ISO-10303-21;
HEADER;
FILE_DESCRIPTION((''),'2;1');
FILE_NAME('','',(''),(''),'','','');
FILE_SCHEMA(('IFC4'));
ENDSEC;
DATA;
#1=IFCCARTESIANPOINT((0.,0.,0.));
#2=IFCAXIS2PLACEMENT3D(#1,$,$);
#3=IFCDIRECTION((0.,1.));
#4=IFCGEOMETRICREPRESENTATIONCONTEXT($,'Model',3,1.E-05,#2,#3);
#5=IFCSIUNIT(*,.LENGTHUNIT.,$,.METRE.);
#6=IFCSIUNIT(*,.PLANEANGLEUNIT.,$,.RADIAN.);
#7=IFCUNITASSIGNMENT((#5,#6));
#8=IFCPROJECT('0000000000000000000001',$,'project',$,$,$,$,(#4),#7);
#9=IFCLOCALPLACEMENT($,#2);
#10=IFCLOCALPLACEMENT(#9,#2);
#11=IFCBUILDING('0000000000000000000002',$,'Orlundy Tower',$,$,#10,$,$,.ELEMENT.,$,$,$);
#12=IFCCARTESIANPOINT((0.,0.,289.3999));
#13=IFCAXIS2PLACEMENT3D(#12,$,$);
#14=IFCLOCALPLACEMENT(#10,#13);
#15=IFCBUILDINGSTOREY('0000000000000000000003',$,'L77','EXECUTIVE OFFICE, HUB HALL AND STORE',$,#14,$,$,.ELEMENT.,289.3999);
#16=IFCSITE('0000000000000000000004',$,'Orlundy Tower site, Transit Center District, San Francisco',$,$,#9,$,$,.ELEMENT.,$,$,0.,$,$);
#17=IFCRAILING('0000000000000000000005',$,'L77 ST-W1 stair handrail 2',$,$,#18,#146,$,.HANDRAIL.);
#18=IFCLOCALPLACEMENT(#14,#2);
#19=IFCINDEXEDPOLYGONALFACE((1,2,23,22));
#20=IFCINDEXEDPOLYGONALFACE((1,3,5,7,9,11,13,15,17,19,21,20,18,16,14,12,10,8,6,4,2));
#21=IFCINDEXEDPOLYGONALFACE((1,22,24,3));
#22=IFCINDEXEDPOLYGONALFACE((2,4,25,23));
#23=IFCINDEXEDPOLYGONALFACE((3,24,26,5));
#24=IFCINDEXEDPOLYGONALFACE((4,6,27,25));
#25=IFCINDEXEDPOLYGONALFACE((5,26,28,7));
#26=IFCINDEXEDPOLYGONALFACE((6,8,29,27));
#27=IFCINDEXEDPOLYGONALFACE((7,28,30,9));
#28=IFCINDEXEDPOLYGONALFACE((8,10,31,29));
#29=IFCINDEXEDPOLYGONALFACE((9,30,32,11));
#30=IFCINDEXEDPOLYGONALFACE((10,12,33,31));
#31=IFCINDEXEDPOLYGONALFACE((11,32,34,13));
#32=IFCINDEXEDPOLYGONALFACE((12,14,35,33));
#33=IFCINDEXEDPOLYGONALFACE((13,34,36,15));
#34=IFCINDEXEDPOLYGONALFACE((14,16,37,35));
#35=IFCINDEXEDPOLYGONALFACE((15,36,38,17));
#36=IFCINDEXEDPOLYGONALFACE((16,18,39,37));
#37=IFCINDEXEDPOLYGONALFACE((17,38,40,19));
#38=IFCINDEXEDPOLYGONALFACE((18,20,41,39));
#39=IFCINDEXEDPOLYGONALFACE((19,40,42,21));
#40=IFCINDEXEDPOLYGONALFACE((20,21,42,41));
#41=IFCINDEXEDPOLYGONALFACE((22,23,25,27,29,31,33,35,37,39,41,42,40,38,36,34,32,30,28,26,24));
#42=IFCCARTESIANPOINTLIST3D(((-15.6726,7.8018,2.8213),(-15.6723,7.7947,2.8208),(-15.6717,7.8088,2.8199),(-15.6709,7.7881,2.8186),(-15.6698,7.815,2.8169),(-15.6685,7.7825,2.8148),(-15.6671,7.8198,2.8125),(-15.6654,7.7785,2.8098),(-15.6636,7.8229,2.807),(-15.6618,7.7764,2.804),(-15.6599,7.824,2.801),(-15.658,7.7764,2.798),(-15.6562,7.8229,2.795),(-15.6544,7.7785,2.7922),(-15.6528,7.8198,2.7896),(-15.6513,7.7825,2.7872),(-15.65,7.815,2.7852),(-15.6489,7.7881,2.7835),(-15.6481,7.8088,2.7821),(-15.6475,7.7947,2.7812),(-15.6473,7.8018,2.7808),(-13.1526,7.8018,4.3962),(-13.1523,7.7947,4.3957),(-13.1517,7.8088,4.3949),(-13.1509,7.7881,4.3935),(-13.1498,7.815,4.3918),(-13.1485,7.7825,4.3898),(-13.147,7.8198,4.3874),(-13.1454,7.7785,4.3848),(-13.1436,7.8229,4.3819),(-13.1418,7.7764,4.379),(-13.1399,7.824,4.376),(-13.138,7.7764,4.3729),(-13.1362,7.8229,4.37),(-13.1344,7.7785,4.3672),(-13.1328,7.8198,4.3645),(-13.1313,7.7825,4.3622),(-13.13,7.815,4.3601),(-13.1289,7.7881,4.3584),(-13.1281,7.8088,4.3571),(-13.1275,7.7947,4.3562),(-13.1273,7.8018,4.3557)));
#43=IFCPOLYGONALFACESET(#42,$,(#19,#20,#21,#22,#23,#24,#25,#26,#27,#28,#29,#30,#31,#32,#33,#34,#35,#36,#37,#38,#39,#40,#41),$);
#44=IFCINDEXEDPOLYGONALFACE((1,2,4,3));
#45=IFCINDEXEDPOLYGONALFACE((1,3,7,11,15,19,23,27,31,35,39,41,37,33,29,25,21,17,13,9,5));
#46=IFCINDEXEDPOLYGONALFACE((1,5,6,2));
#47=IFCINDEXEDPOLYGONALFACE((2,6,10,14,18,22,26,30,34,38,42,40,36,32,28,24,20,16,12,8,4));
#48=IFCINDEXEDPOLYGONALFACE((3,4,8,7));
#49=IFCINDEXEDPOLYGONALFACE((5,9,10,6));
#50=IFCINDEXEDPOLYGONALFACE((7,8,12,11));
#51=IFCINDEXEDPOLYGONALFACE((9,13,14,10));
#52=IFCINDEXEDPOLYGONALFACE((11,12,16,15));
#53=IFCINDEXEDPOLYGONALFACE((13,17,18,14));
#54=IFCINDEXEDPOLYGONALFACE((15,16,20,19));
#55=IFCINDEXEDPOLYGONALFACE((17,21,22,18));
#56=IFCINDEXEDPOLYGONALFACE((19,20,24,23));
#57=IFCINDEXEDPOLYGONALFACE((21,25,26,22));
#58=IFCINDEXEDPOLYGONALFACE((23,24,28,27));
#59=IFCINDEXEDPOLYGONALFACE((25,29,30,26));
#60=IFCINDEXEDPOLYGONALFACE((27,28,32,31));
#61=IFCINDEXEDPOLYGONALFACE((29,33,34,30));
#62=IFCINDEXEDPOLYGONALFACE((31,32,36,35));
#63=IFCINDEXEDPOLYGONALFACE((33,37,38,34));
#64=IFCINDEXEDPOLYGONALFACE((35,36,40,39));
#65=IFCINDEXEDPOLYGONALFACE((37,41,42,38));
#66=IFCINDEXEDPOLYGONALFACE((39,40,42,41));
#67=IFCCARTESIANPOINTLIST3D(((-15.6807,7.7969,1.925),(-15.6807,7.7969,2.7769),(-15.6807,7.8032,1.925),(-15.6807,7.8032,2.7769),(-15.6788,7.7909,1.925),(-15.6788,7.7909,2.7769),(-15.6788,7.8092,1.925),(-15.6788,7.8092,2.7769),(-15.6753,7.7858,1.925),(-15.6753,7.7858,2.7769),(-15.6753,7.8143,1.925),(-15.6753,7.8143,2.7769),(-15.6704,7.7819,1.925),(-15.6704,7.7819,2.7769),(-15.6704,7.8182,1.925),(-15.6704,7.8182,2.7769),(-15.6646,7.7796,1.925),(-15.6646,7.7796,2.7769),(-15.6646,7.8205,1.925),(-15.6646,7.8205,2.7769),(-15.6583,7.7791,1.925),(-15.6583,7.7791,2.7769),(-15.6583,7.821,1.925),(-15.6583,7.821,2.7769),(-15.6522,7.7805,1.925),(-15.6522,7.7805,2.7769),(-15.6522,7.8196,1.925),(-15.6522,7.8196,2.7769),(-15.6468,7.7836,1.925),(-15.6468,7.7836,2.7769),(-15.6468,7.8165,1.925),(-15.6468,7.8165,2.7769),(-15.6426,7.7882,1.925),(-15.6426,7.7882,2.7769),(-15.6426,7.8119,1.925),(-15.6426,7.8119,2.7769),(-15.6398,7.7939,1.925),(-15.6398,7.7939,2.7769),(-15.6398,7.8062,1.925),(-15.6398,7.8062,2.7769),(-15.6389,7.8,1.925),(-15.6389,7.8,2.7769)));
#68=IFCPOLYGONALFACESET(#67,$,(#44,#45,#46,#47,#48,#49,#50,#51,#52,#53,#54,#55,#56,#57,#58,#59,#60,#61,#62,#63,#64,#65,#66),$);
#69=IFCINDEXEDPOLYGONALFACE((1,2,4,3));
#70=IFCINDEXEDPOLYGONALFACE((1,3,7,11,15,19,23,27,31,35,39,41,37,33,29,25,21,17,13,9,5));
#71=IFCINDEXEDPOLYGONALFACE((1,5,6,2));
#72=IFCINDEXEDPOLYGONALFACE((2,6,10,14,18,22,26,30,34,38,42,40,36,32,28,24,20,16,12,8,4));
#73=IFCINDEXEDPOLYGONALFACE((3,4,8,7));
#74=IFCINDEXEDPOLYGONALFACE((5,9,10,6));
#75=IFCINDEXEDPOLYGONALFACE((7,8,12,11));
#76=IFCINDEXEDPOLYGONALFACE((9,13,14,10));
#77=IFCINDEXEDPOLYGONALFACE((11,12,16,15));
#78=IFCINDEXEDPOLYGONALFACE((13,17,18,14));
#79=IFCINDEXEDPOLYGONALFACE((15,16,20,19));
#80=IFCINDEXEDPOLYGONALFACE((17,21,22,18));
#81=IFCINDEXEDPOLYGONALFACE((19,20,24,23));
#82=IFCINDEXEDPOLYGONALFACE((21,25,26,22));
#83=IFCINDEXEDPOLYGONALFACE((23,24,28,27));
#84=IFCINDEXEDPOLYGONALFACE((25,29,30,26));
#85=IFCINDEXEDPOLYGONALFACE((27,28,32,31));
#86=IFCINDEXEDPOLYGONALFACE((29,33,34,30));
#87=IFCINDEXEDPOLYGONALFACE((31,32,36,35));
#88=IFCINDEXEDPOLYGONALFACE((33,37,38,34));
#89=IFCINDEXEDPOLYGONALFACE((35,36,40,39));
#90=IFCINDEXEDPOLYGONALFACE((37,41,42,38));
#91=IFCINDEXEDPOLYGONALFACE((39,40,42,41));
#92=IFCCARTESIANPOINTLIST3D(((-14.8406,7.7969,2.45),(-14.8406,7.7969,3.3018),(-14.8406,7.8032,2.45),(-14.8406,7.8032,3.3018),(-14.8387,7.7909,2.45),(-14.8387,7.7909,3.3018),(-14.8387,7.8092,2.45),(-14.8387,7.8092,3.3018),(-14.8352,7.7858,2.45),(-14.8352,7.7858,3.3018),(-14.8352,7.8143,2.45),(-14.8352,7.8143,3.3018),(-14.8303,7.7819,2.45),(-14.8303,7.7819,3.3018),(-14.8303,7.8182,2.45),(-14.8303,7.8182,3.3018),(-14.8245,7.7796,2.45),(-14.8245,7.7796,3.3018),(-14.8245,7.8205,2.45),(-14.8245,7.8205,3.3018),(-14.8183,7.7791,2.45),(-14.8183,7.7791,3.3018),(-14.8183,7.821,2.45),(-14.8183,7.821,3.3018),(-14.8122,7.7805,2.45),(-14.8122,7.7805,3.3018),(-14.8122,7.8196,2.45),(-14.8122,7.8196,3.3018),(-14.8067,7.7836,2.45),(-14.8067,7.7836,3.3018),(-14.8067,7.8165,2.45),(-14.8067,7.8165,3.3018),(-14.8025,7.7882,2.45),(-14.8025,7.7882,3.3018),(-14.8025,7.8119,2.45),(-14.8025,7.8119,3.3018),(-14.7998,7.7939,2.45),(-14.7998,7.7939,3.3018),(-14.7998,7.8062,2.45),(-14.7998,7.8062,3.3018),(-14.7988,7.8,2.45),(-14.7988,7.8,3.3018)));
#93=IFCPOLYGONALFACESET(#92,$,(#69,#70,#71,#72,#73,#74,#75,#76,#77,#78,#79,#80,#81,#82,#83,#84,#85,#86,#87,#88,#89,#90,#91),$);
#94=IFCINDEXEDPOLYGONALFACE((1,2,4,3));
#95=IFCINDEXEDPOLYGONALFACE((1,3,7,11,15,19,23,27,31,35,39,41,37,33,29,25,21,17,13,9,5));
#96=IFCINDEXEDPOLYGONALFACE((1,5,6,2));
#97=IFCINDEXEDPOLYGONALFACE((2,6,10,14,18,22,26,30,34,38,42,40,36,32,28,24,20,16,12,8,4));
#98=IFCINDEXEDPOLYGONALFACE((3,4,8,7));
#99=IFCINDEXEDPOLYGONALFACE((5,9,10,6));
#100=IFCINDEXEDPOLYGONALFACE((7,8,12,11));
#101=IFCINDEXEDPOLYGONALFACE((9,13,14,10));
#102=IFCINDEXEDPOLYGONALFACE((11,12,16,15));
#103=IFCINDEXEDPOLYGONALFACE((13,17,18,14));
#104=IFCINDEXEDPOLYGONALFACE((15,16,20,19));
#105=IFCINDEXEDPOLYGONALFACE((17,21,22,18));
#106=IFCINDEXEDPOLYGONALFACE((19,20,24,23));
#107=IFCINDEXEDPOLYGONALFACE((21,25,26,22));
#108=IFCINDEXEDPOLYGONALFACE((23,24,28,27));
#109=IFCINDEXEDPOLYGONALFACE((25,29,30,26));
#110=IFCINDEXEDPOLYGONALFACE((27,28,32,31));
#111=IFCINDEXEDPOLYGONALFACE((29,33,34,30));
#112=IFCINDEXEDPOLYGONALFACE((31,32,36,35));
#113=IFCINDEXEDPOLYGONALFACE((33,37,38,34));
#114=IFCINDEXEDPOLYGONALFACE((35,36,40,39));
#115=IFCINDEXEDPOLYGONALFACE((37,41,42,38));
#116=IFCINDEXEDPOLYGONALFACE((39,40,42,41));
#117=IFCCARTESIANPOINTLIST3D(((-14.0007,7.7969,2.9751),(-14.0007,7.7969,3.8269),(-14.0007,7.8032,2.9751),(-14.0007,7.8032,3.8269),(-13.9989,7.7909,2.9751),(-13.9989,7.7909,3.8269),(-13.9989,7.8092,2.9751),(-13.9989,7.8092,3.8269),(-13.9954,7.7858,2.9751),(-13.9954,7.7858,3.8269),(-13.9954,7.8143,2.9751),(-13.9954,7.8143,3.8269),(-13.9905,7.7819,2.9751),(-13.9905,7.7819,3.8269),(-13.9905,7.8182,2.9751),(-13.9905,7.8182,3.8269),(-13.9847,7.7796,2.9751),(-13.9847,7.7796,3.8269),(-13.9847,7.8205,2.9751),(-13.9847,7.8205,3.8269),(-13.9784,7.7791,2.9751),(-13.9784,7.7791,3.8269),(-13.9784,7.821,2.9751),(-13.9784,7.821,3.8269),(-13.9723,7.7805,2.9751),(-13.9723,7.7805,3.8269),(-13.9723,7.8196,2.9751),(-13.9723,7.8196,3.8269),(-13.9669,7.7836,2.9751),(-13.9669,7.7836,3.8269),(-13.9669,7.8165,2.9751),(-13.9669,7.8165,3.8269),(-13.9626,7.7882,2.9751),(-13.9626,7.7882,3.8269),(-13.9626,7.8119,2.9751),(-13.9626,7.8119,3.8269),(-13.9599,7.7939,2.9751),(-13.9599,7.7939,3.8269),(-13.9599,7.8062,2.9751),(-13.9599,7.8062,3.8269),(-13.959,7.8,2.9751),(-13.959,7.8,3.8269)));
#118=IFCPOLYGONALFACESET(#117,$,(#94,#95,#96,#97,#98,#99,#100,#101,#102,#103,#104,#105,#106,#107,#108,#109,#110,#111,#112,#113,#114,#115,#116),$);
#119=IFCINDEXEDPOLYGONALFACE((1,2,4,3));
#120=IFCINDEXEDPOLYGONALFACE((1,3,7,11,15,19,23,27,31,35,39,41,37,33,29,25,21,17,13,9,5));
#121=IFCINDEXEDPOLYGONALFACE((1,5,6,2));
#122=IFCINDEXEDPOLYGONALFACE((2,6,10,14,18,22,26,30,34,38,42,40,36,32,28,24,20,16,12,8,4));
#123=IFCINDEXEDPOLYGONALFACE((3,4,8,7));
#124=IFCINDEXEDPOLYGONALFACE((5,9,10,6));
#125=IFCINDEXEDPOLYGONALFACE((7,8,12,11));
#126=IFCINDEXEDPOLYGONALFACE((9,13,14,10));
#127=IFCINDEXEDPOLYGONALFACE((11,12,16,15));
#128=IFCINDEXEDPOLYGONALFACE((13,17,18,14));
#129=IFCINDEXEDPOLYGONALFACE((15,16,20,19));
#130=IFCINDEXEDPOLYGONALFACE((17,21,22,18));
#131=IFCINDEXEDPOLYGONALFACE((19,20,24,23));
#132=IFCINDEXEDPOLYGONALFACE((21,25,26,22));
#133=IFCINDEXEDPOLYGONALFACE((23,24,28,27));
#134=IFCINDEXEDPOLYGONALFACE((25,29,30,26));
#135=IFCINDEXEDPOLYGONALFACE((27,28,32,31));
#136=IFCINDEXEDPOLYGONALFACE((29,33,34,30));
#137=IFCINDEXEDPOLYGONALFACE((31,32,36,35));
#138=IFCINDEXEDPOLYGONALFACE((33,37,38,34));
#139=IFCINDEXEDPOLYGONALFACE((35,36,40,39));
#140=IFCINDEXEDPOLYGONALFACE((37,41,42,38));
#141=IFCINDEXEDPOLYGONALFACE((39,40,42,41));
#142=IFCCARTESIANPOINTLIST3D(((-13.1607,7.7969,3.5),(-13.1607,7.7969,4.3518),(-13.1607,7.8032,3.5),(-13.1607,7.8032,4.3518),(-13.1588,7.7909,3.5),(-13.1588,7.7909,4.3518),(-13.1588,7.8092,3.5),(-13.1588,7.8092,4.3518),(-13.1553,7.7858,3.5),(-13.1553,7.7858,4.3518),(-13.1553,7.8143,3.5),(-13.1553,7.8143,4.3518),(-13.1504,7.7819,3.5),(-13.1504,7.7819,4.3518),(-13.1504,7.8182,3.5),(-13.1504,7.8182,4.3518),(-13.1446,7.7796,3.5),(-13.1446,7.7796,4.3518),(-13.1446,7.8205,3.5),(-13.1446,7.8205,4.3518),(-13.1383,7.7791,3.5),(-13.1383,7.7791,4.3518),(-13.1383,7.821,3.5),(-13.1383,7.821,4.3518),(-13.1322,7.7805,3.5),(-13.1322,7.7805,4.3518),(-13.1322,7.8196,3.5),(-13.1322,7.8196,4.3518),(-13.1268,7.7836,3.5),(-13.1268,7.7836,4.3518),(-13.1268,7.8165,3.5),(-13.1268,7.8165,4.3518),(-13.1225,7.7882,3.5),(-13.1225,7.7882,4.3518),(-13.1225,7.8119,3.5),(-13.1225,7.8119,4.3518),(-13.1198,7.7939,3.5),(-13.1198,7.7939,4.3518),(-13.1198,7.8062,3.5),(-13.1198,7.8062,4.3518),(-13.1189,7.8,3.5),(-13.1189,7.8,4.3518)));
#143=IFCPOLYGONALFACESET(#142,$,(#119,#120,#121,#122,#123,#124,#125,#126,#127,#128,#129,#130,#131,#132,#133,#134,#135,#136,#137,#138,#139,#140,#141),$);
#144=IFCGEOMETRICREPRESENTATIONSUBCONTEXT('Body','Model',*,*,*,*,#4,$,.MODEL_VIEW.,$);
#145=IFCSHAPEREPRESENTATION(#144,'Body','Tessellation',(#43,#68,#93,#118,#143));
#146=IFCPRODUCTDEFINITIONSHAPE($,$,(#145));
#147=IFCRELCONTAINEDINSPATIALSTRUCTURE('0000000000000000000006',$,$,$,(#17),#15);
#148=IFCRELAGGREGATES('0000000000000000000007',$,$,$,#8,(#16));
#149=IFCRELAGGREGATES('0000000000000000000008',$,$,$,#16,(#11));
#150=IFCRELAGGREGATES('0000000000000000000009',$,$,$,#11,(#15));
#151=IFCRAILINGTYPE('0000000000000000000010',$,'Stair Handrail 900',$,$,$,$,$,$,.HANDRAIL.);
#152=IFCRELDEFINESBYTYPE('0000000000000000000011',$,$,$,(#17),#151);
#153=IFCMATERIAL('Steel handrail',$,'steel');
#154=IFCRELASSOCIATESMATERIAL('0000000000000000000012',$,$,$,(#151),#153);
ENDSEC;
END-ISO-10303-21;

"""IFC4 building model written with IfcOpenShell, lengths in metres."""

from ifc_helpers import new_model, si_unit, direction, frame, origin, origin_2d, place, context, subcontext, project, spatial, circle, extrude, material, type_object, element, save


model = new_model("IFC4")

# Units and contexts
model_context = context("Model", 3, precision=1e-05, world=origin(), true_north=direction((0.0, 1.0)))
body_context = subcontext(model_context, "Body", "Model", "MODEL_VIEW")
ifc_project = project(units=[si_unit("LENGTHUNIT", "METRE"), si_unit("PLANEANGLEUNIT", "RADIAN")], contexts=[model_context])

# Site, building, storey
site_placement = place(None, origin())
site = spatial("IfcSite", under=ifc_project, at=site_placement, Name="Orlundy Tower site, Transit Center District, San Francisco", CompositionType="ELEMENT", RefElevation=0.0)
building_placement = place(site_placement, origin())
building = spatial("IfcBuilding", under=site, at=building_placement, Name="Orlundy Tower", CompositionType="ELEMENT")
storey_placement = place(building_placement, frame((0.0, 0.0, 289.3999)))
storey = spatial("IfcBuildingStorey", under=building, at=storey_placement, Name="L77", Description="EXECUTIVE OFFICE, HUB HALL AND STORE", CompositionType="ELEMENT", Elevation=289.3999)

# Railing
ifc_material_1 = material(Name="Steel handrail", Category="steel")
railing_type_1 = type_object("IfcRailingType", Name="Stair Handrail 900", PredefinedType="HANDRAIL", material=ifc_material_1)
railing_1_placement = place(storey_placement, frame((-15.6599, 7.8, 1.925)))
element("IfcRailing", 1, at=railing_1_placement, inside=storey, type_object=railing_type_1, Name="L77 ST-W1 stair handrail 2", PredefinedType="HANDRAIL", context=body_context, shape_type="SweptSolid", body=[
    extrude(circle(Radius=0.0239, at=origin_2d()), frame((0.0, 0.0, 0.876), z_axis=(0.848008, 0.0, 0.529984), x_axis=(0.0, 1.0, 0.0)), (0.0, 0.0, 1.0), 2.9717),
    extrude(circle(Radius=0.021, at=origin_2d()), origin(), (0.0, 0.0, 1.0), 0.8518),
    extrude(circle(Radius=0.021, at=origin_2d()), frame((0.8401, 0.0, 0.5249)), (0.0, 0.0, 1.0), 0.8518),
    extrude(circle(Radius=0.021, at=origin_2d()), frame((1.6799, 0.0, 1.05)), (0.0, 0.0, 1.0), 0.8518),
    extrude(circle(Radius=0.021, at=origin_2d()), frame((2.52, 0.0, 1.575)), (0.0, 0.0, 1.0), 0.8518),
])

save(model, "model.ifc")
